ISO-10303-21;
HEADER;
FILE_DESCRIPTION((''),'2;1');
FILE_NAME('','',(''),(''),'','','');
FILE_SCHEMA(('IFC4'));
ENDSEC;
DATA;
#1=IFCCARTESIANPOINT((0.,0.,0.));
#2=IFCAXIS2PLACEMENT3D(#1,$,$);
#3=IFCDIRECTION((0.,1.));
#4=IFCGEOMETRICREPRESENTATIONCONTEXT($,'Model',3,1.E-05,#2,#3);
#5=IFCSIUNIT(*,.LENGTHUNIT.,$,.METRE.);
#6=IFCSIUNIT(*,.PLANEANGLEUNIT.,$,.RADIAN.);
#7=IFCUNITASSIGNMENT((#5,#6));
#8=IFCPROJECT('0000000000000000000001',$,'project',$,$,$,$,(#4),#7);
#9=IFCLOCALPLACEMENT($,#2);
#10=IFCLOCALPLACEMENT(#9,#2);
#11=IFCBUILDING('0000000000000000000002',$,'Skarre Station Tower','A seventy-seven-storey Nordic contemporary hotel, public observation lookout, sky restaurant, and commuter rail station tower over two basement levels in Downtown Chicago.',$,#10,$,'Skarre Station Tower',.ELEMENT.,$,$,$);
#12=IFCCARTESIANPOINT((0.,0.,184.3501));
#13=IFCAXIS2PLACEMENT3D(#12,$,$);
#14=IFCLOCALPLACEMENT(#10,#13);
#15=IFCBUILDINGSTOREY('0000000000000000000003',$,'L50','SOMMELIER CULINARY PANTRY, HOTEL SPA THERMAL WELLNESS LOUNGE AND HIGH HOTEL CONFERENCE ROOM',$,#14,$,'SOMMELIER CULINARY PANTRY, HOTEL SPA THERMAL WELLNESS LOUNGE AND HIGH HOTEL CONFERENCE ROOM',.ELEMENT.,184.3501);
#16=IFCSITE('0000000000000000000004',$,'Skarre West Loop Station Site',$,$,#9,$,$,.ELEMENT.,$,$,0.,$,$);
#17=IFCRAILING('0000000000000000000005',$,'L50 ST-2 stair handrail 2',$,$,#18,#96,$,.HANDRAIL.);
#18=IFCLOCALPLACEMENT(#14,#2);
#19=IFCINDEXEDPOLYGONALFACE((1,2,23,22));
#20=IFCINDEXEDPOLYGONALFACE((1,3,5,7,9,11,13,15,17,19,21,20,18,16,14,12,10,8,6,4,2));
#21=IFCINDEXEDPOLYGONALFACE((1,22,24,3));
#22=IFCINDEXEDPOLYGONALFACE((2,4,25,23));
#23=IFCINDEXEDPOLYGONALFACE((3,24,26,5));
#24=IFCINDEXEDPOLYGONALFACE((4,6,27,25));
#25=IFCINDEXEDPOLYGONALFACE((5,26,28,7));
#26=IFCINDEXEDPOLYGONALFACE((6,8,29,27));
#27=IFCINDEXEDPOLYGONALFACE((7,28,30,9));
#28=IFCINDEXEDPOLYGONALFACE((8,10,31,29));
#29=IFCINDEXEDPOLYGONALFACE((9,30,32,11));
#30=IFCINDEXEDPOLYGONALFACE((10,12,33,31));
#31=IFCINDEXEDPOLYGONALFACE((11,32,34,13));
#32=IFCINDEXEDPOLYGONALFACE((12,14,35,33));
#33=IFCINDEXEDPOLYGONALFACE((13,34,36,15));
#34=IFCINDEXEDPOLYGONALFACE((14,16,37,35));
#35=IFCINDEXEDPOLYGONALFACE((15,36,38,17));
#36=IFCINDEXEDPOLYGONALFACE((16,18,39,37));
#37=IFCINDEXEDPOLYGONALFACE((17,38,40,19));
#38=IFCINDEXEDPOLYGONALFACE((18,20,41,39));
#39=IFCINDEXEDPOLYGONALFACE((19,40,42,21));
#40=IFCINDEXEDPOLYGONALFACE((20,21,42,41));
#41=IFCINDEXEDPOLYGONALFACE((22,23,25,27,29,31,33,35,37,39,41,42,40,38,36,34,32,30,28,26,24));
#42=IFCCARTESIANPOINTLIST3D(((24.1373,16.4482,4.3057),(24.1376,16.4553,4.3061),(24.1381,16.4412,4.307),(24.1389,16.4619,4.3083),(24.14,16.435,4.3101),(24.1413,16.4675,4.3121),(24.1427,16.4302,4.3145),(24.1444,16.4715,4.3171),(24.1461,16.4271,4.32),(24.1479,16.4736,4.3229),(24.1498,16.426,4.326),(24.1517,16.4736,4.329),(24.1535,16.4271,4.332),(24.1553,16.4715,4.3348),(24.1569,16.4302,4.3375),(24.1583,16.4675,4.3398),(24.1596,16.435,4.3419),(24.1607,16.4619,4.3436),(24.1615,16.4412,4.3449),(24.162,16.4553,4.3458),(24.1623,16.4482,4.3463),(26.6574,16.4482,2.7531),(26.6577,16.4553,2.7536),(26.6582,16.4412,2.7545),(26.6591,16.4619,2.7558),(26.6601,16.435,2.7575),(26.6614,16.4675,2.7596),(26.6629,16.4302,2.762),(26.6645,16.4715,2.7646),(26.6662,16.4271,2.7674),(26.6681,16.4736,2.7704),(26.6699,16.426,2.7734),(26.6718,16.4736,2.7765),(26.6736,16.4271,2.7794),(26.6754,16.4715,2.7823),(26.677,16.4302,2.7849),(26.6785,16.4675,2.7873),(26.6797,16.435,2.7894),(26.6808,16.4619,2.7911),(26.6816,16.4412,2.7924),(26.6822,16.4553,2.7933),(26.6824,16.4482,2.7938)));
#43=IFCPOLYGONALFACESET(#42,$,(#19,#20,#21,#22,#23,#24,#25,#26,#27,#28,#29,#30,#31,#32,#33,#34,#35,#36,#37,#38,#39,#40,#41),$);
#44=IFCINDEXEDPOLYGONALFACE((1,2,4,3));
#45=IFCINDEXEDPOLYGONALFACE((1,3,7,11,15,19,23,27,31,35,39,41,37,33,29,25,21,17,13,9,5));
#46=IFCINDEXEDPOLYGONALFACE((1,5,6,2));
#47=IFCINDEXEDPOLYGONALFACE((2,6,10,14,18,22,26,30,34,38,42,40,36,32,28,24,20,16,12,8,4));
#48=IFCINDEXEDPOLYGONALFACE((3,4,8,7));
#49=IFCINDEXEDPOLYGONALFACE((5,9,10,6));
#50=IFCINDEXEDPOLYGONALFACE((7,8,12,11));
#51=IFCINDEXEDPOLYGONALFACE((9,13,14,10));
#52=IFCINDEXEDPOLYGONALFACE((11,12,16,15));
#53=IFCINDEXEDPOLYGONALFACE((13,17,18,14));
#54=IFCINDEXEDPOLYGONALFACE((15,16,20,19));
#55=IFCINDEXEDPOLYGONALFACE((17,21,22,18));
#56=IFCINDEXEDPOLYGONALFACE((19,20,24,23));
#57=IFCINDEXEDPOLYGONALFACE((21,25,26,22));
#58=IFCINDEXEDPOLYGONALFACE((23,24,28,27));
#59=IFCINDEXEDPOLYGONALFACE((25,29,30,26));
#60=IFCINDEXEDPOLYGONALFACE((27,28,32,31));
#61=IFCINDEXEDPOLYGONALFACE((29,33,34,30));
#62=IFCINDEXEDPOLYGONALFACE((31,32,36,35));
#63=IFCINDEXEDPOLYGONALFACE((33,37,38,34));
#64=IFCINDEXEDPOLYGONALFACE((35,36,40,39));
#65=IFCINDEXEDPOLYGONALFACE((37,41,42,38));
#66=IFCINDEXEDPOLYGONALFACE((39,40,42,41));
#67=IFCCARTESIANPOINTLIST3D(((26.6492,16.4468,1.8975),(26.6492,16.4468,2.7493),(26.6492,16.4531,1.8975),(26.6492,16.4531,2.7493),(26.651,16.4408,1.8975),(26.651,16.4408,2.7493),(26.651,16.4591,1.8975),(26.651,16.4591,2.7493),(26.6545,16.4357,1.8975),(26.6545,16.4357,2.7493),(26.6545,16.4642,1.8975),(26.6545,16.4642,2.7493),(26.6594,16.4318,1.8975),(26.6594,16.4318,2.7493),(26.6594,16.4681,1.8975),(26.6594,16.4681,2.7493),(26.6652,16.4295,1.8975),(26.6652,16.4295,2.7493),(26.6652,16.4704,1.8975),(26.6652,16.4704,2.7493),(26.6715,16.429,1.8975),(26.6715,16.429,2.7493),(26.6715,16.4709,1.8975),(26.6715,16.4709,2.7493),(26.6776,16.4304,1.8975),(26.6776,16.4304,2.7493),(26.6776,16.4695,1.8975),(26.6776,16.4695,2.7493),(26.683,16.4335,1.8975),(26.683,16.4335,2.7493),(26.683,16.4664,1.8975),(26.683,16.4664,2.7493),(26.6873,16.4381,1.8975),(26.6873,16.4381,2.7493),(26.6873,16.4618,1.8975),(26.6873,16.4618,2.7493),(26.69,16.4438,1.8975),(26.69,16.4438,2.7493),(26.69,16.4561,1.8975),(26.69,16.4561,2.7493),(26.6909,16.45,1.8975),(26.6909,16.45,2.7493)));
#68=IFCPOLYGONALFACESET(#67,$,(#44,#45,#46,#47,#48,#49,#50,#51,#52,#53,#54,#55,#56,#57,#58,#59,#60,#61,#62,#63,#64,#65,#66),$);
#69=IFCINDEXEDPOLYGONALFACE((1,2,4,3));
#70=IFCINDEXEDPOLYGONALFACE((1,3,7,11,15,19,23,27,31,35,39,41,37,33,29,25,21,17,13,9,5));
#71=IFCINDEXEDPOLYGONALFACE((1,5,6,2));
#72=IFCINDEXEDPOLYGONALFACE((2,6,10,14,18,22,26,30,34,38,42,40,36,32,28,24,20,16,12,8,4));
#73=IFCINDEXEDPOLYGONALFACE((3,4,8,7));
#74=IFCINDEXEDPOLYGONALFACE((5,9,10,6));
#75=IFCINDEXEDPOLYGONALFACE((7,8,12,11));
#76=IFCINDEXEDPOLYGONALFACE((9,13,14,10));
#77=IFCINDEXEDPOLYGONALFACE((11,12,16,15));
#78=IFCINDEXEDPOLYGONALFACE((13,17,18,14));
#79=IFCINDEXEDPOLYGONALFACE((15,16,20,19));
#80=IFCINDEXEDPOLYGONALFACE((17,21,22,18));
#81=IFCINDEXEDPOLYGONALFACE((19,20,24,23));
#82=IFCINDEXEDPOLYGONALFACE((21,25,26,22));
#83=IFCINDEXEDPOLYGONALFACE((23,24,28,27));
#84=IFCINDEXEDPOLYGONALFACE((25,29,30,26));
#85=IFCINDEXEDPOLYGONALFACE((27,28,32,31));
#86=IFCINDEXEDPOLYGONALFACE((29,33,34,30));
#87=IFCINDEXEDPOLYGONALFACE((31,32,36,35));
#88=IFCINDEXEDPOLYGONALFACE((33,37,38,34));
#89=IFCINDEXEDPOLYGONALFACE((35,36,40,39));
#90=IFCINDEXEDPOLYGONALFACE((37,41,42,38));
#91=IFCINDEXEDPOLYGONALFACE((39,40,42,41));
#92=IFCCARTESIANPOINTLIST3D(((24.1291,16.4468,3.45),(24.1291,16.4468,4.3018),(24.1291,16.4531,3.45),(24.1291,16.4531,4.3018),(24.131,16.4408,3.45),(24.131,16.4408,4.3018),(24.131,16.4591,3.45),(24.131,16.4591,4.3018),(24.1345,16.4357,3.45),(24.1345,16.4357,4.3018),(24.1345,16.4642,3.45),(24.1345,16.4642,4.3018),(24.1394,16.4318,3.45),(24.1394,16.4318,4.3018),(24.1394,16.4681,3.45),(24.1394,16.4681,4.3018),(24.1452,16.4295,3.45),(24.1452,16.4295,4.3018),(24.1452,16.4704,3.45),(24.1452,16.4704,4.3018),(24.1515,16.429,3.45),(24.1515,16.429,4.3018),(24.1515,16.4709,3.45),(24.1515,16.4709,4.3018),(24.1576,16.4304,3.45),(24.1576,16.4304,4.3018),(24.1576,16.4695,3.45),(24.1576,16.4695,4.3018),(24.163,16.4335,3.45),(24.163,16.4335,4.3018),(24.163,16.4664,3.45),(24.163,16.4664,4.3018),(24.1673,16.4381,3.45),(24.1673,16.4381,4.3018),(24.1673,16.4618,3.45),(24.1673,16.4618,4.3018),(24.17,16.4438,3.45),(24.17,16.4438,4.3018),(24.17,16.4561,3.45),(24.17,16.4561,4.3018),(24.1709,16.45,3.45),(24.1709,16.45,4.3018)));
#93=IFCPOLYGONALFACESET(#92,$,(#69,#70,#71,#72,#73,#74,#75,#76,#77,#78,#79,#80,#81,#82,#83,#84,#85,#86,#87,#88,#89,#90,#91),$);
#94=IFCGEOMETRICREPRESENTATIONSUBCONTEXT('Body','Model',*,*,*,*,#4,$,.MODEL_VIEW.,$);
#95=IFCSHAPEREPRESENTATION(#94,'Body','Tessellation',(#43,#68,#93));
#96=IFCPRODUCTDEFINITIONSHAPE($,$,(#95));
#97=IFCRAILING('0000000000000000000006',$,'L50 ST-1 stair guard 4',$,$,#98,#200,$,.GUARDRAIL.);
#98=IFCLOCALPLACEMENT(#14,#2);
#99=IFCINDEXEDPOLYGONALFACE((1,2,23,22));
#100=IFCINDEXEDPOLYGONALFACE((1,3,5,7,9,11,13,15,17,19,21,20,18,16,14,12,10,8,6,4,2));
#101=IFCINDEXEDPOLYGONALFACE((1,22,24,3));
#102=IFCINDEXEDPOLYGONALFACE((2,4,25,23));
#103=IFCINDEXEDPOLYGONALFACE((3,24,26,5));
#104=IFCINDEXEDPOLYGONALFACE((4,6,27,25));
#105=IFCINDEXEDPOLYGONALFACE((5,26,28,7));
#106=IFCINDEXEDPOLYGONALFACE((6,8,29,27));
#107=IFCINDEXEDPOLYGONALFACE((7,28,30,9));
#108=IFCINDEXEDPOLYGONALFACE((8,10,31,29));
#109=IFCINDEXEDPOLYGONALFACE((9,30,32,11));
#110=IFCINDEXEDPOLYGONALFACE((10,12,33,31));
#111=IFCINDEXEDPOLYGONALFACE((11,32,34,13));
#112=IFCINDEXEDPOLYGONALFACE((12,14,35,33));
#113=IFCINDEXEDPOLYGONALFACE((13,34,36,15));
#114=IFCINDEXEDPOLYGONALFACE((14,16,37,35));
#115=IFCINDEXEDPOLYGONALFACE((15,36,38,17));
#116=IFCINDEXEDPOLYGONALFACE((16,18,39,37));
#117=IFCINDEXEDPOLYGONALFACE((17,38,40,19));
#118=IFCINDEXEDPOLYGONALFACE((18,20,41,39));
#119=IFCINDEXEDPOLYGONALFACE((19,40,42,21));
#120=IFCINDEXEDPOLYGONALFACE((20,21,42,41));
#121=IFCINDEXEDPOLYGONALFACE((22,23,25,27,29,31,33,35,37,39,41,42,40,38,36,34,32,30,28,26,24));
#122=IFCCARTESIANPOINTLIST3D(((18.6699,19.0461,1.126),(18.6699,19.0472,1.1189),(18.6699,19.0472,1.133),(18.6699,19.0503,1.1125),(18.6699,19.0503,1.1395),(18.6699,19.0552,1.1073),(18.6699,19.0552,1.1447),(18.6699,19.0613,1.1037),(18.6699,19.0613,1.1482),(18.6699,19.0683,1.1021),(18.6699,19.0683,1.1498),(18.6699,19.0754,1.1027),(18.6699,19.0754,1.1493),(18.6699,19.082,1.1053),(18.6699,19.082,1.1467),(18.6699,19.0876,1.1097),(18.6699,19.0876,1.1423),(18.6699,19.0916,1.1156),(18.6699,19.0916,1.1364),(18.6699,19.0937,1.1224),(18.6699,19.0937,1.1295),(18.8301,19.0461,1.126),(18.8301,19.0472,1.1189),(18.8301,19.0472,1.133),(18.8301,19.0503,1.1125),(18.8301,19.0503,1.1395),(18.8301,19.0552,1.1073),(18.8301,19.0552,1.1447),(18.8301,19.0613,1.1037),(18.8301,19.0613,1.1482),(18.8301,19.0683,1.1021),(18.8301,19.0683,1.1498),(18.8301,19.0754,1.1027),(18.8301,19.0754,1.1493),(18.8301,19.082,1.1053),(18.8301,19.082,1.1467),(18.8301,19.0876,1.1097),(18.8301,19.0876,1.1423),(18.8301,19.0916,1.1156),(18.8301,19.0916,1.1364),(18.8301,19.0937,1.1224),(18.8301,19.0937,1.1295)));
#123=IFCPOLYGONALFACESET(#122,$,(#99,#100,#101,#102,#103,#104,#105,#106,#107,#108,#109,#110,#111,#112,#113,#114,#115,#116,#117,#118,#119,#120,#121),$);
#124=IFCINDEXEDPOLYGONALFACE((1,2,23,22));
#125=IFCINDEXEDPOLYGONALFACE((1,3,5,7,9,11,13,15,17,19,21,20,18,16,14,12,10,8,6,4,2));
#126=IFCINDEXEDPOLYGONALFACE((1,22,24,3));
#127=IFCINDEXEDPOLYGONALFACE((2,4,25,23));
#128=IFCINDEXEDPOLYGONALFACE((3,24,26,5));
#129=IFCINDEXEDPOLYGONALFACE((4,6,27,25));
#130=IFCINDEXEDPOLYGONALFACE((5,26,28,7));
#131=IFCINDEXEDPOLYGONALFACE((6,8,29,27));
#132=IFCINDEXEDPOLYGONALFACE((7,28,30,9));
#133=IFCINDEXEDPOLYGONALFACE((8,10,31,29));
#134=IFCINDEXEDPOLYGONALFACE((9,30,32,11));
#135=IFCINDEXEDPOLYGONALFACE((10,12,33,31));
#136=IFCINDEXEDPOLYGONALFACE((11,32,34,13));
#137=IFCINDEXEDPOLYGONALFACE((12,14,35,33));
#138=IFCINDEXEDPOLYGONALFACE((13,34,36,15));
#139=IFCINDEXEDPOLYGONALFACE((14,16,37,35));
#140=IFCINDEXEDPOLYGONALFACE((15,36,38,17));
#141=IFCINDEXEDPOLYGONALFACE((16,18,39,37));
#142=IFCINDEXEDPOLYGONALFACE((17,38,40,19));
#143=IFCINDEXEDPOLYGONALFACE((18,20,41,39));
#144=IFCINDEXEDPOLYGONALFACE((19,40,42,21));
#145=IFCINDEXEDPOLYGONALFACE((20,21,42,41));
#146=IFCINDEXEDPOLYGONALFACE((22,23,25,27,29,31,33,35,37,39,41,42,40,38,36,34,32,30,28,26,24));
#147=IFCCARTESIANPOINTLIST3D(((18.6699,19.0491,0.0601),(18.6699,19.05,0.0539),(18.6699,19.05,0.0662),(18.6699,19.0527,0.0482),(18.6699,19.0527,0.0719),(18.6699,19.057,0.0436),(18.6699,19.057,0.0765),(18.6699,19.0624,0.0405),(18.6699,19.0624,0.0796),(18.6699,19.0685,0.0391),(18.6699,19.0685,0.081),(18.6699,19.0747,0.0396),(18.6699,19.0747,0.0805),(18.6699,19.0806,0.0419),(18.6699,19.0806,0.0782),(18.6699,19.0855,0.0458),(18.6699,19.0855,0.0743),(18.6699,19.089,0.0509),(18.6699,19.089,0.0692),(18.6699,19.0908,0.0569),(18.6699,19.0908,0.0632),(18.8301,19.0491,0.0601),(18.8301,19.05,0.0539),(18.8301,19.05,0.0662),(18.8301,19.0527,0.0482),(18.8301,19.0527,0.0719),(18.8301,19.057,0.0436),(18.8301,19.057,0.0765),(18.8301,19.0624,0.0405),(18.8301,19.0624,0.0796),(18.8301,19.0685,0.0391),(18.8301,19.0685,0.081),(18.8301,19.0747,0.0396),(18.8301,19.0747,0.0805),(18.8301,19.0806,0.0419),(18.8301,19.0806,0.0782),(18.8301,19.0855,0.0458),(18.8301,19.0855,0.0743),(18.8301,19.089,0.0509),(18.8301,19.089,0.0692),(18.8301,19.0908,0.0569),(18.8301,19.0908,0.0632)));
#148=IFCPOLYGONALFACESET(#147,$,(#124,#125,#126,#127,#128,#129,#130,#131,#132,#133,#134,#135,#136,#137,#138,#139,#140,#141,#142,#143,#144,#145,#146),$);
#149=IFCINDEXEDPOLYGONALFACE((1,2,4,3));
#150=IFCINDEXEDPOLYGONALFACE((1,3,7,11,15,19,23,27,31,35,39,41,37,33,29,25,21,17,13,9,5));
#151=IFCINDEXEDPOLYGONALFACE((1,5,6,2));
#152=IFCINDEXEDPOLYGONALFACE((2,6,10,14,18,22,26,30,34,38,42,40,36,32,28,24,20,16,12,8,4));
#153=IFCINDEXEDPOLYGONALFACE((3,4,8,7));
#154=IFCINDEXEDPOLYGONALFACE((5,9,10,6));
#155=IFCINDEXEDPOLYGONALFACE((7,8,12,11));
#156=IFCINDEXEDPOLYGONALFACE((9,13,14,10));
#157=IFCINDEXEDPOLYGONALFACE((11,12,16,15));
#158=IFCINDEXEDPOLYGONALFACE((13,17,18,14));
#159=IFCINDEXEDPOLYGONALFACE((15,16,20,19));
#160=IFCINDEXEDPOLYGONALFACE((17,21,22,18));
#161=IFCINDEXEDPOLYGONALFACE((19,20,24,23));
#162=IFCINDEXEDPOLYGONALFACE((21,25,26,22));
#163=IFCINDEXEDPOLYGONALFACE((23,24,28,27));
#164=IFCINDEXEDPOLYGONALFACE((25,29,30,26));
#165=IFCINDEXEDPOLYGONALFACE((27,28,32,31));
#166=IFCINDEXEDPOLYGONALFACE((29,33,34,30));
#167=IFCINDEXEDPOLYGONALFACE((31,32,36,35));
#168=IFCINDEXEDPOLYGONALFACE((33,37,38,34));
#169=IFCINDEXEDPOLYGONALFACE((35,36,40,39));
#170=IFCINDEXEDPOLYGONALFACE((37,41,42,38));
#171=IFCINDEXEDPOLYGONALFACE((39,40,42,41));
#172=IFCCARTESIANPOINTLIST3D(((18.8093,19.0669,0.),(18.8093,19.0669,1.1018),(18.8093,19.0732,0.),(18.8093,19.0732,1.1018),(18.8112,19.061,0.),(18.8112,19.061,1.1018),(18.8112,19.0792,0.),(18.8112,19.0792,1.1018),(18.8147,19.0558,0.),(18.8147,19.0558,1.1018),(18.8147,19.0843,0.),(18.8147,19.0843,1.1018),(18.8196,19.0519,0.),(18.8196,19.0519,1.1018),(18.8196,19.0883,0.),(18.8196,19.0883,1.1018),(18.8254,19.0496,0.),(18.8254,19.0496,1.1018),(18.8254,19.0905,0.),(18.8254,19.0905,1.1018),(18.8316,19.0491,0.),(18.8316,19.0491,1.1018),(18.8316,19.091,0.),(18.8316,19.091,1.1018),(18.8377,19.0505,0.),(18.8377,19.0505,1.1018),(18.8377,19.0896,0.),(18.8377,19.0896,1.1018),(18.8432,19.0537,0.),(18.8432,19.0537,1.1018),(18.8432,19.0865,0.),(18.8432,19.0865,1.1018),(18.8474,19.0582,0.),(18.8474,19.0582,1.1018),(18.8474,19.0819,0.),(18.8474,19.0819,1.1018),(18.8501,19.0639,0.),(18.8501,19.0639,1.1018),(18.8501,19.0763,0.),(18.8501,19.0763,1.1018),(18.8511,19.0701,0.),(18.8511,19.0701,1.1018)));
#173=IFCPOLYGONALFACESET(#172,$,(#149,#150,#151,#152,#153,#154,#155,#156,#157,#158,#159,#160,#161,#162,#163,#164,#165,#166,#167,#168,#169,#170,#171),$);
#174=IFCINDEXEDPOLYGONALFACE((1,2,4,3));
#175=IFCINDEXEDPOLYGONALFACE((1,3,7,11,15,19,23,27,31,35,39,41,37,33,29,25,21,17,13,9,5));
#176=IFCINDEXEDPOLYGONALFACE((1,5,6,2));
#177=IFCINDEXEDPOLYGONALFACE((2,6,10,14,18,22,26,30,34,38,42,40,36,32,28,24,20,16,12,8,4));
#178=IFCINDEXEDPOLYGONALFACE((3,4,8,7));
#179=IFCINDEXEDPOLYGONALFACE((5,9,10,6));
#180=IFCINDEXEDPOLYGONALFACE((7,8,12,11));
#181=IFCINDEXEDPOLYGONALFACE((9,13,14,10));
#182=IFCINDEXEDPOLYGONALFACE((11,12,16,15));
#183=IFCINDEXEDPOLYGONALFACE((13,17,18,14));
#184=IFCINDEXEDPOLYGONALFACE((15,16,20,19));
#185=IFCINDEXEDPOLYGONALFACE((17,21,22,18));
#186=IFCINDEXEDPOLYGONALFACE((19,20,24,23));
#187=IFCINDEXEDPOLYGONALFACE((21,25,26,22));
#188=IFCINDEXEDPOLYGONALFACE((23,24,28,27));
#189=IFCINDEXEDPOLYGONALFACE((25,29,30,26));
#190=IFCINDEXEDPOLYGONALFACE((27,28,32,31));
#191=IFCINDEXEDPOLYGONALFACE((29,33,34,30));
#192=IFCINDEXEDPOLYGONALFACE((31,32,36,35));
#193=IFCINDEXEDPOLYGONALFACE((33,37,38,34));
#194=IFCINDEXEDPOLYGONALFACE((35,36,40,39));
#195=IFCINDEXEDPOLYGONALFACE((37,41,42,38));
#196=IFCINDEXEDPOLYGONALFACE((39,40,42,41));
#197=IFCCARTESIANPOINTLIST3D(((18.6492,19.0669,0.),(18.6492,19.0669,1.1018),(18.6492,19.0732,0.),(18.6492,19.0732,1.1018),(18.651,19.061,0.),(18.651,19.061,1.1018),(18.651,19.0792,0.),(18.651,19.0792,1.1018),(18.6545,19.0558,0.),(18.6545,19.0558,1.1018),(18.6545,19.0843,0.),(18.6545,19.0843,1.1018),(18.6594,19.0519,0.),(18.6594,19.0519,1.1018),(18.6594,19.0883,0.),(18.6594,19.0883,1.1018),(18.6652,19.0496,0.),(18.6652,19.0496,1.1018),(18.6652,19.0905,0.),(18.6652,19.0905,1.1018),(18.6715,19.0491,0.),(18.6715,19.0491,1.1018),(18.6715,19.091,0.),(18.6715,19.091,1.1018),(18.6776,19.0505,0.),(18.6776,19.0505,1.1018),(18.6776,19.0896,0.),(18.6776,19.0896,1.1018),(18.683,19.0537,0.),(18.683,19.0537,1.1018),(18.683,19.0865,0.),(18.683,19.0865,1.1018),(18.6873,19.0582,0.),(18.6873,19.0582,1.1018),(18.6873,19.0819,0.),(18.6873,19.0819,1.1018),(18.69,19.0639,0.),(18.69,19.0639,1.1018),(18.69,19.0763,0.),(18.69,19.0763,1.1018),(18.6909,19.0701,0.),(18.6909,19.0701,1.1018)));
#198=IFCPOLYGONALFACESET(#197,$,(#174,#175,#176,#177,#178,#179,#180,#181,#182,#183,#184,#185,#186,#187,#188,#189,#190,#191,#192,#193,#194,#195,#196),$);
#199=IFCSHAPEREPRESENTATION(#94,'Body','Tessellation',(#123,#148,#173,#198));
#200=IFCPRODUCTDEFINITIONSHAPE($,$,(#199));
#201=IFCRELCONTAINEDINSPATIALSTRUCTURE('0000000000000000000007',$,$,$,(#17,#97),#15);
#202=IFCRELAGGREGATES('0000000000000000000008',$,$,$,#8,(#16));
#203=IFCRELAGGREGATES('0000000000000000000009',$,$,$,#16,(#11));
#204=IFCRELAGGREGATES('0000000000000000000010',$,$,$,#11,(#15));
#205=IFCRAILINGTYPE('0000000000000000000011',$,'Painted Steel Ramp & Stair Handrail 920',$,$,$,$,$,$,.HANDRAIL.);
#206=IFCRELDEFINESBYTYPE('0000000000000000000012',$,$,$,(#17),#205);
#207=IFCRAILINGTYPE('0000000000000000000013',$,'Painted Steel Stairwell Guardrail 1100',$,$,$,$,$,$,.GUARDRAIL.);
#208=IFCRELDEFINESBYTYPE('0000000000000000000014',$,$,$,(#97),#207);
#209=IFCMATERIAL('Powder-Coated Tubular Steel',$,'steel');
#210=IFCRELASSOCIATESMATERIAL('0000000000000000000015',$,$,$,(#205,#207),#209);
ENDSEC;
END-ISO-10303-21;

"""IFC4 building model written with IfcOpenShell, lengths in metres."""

from ifc_helpers import new_model, si_unit, direction, frame, origin, origin_2d, place, context, subcontext, project, spatial, circle, extrude, material, type_object, element, save


model = new_model("IFC4")

# Units and contexts
model_context = context("Model", 3, precision=1e-05, world=origin(), true_north=direction((0.0, 1.0)))
body_context = subcontext(model_context, "Body", "Model", "MODEL_VIEW")
ifc_project = project(units=[si_unit("LENGTHUNIT", "METRE"), si_unit("PLANEANGLEUNIT", "RADIAN")], contexts=[model_context])

# Site, building, storey
site_placement = place(None, origin())
site = spatial("IfcSite", under=ifc_project, at=site_placement, Name="Skarre West Loop Station Site", CompositionType="ELEMENT", RefElevation=0.0)
building_placement = place(site_placement, origin())
building = spatial("IfcBuilding", under=site, at=building_placement, Name="Skarre Station Tower", Description="A seventy-seven-storey Nordic contemporary hotel, public observation lookout, sky restaurant, and commuter rail station tower over two basement levels in Downtown Chicago.", LongName="Skarre Station Tower", CompositionType="ELEMENT")
storey_placement = place(building_placement, frame((0.0, 0.0, 184.3501)))
storey = spatial("IfcBuildingStorey", under=building, at=storey_placement, Name="L50", Description="SOMMELIER CULINARY PANTRY, HOTEL SPA THERMAL WELLNESS LOUNGE AND HIGH HOTEL CONFERENCE ROOM", LongName="SOMMELIER CULINARY PANTRY, HOTEL SPA THERMAL WELLNESS LOUNGE AND HIGH HOTEL CONFERENCE ROOM", CompositionType="ELEMENT", Elevation=184.3501)

# Railings
ifc_material_1 = material(Name="Powder-Coated Tubular Steel", Category="steel")
railing_type_1 = type_object("IfcRailingType", Name="Painted Steel Ramp & Stair Handrail 920", PredefinedType="HANDRAIL", material=ifc_material_1)
railing_1_placement = place(storey_placement, frame((26.6699, 16.45, 1.8975)))
element("IfcRailing", 1, at=railing_1_placement, inside=storey, type_object=railing_type_1, Name="L50 ST-2 stair handrail 2", PredefinedType="HANDRAIL", context=body_context, shape_type="SweptSolid", body=[
    extrude(circle(Radius=0.0239, at=origin_2d()), frame((0.0, 0.0, 0.876), z_axis=(-0.8514, 0.0, 0.524516), x_axis=(0.0, -1.0, 0.0)), (0.0, 0.0, 1.0), 2.96),
    extrude(circle(Radius=0.021, at=origin_2d()), origin(), (0.0, 0.0, 1.0), 0.8518),
    extrude(circle(Radius=0.021, at=origin_2d()), frame((-2.52, 0.0, 1.5525)), (0.0, 0.0, 1.0), 0.8518),
])
railing_type_2 = type_object("IfcRailingType", Name="Painted Steel Stairwell Guardrail 1100", PredefinedType="GUARDRAIL", material=ifc_material_1)
railing_2_placement = place(storey_placement, frame((18.8301, 19.0701, 0.0)))
element("IfcRailing", 2, at=railing_2_placement, inside=storey, type_object=railing_type_2, Name="L50 ST-1 stair guard 4", PredefinedType="GUARDRAIL", context=body_context, shape_type="SweptSolid", body=[
    extrude(circle(Radius=0.0239, at=origin_2d()), frame((0.0, 0.0, 1.126), z_axis=(-1.0, 0.0, 0.0), x_axis=(0.0, -1.0, 0.0)), (0.0, 0.0, 1.0), 0.1602),
    extrude(circle(Radius=0.021, at=origin_2d()), frame((0.0, 0.0, 0.0601), z_axis=(-1.0, 0.0, 0.0), x_axis=(0.0, -1.0, 0.0)), (0.0, 0.0, 1.0), 0.1602),
    extrude(circle(Radius=0.021, at=origin_2d()), origin(), (0.0, 0.0, 1.0), 1.1018),
    extrude(circle(Radius=0.021, at=origin_2d()), frame((-0.1602, 0.0, 0.0)), (0.0, 0.0, 1.0), 1.1018),
])

save(model, "model.ifc")
